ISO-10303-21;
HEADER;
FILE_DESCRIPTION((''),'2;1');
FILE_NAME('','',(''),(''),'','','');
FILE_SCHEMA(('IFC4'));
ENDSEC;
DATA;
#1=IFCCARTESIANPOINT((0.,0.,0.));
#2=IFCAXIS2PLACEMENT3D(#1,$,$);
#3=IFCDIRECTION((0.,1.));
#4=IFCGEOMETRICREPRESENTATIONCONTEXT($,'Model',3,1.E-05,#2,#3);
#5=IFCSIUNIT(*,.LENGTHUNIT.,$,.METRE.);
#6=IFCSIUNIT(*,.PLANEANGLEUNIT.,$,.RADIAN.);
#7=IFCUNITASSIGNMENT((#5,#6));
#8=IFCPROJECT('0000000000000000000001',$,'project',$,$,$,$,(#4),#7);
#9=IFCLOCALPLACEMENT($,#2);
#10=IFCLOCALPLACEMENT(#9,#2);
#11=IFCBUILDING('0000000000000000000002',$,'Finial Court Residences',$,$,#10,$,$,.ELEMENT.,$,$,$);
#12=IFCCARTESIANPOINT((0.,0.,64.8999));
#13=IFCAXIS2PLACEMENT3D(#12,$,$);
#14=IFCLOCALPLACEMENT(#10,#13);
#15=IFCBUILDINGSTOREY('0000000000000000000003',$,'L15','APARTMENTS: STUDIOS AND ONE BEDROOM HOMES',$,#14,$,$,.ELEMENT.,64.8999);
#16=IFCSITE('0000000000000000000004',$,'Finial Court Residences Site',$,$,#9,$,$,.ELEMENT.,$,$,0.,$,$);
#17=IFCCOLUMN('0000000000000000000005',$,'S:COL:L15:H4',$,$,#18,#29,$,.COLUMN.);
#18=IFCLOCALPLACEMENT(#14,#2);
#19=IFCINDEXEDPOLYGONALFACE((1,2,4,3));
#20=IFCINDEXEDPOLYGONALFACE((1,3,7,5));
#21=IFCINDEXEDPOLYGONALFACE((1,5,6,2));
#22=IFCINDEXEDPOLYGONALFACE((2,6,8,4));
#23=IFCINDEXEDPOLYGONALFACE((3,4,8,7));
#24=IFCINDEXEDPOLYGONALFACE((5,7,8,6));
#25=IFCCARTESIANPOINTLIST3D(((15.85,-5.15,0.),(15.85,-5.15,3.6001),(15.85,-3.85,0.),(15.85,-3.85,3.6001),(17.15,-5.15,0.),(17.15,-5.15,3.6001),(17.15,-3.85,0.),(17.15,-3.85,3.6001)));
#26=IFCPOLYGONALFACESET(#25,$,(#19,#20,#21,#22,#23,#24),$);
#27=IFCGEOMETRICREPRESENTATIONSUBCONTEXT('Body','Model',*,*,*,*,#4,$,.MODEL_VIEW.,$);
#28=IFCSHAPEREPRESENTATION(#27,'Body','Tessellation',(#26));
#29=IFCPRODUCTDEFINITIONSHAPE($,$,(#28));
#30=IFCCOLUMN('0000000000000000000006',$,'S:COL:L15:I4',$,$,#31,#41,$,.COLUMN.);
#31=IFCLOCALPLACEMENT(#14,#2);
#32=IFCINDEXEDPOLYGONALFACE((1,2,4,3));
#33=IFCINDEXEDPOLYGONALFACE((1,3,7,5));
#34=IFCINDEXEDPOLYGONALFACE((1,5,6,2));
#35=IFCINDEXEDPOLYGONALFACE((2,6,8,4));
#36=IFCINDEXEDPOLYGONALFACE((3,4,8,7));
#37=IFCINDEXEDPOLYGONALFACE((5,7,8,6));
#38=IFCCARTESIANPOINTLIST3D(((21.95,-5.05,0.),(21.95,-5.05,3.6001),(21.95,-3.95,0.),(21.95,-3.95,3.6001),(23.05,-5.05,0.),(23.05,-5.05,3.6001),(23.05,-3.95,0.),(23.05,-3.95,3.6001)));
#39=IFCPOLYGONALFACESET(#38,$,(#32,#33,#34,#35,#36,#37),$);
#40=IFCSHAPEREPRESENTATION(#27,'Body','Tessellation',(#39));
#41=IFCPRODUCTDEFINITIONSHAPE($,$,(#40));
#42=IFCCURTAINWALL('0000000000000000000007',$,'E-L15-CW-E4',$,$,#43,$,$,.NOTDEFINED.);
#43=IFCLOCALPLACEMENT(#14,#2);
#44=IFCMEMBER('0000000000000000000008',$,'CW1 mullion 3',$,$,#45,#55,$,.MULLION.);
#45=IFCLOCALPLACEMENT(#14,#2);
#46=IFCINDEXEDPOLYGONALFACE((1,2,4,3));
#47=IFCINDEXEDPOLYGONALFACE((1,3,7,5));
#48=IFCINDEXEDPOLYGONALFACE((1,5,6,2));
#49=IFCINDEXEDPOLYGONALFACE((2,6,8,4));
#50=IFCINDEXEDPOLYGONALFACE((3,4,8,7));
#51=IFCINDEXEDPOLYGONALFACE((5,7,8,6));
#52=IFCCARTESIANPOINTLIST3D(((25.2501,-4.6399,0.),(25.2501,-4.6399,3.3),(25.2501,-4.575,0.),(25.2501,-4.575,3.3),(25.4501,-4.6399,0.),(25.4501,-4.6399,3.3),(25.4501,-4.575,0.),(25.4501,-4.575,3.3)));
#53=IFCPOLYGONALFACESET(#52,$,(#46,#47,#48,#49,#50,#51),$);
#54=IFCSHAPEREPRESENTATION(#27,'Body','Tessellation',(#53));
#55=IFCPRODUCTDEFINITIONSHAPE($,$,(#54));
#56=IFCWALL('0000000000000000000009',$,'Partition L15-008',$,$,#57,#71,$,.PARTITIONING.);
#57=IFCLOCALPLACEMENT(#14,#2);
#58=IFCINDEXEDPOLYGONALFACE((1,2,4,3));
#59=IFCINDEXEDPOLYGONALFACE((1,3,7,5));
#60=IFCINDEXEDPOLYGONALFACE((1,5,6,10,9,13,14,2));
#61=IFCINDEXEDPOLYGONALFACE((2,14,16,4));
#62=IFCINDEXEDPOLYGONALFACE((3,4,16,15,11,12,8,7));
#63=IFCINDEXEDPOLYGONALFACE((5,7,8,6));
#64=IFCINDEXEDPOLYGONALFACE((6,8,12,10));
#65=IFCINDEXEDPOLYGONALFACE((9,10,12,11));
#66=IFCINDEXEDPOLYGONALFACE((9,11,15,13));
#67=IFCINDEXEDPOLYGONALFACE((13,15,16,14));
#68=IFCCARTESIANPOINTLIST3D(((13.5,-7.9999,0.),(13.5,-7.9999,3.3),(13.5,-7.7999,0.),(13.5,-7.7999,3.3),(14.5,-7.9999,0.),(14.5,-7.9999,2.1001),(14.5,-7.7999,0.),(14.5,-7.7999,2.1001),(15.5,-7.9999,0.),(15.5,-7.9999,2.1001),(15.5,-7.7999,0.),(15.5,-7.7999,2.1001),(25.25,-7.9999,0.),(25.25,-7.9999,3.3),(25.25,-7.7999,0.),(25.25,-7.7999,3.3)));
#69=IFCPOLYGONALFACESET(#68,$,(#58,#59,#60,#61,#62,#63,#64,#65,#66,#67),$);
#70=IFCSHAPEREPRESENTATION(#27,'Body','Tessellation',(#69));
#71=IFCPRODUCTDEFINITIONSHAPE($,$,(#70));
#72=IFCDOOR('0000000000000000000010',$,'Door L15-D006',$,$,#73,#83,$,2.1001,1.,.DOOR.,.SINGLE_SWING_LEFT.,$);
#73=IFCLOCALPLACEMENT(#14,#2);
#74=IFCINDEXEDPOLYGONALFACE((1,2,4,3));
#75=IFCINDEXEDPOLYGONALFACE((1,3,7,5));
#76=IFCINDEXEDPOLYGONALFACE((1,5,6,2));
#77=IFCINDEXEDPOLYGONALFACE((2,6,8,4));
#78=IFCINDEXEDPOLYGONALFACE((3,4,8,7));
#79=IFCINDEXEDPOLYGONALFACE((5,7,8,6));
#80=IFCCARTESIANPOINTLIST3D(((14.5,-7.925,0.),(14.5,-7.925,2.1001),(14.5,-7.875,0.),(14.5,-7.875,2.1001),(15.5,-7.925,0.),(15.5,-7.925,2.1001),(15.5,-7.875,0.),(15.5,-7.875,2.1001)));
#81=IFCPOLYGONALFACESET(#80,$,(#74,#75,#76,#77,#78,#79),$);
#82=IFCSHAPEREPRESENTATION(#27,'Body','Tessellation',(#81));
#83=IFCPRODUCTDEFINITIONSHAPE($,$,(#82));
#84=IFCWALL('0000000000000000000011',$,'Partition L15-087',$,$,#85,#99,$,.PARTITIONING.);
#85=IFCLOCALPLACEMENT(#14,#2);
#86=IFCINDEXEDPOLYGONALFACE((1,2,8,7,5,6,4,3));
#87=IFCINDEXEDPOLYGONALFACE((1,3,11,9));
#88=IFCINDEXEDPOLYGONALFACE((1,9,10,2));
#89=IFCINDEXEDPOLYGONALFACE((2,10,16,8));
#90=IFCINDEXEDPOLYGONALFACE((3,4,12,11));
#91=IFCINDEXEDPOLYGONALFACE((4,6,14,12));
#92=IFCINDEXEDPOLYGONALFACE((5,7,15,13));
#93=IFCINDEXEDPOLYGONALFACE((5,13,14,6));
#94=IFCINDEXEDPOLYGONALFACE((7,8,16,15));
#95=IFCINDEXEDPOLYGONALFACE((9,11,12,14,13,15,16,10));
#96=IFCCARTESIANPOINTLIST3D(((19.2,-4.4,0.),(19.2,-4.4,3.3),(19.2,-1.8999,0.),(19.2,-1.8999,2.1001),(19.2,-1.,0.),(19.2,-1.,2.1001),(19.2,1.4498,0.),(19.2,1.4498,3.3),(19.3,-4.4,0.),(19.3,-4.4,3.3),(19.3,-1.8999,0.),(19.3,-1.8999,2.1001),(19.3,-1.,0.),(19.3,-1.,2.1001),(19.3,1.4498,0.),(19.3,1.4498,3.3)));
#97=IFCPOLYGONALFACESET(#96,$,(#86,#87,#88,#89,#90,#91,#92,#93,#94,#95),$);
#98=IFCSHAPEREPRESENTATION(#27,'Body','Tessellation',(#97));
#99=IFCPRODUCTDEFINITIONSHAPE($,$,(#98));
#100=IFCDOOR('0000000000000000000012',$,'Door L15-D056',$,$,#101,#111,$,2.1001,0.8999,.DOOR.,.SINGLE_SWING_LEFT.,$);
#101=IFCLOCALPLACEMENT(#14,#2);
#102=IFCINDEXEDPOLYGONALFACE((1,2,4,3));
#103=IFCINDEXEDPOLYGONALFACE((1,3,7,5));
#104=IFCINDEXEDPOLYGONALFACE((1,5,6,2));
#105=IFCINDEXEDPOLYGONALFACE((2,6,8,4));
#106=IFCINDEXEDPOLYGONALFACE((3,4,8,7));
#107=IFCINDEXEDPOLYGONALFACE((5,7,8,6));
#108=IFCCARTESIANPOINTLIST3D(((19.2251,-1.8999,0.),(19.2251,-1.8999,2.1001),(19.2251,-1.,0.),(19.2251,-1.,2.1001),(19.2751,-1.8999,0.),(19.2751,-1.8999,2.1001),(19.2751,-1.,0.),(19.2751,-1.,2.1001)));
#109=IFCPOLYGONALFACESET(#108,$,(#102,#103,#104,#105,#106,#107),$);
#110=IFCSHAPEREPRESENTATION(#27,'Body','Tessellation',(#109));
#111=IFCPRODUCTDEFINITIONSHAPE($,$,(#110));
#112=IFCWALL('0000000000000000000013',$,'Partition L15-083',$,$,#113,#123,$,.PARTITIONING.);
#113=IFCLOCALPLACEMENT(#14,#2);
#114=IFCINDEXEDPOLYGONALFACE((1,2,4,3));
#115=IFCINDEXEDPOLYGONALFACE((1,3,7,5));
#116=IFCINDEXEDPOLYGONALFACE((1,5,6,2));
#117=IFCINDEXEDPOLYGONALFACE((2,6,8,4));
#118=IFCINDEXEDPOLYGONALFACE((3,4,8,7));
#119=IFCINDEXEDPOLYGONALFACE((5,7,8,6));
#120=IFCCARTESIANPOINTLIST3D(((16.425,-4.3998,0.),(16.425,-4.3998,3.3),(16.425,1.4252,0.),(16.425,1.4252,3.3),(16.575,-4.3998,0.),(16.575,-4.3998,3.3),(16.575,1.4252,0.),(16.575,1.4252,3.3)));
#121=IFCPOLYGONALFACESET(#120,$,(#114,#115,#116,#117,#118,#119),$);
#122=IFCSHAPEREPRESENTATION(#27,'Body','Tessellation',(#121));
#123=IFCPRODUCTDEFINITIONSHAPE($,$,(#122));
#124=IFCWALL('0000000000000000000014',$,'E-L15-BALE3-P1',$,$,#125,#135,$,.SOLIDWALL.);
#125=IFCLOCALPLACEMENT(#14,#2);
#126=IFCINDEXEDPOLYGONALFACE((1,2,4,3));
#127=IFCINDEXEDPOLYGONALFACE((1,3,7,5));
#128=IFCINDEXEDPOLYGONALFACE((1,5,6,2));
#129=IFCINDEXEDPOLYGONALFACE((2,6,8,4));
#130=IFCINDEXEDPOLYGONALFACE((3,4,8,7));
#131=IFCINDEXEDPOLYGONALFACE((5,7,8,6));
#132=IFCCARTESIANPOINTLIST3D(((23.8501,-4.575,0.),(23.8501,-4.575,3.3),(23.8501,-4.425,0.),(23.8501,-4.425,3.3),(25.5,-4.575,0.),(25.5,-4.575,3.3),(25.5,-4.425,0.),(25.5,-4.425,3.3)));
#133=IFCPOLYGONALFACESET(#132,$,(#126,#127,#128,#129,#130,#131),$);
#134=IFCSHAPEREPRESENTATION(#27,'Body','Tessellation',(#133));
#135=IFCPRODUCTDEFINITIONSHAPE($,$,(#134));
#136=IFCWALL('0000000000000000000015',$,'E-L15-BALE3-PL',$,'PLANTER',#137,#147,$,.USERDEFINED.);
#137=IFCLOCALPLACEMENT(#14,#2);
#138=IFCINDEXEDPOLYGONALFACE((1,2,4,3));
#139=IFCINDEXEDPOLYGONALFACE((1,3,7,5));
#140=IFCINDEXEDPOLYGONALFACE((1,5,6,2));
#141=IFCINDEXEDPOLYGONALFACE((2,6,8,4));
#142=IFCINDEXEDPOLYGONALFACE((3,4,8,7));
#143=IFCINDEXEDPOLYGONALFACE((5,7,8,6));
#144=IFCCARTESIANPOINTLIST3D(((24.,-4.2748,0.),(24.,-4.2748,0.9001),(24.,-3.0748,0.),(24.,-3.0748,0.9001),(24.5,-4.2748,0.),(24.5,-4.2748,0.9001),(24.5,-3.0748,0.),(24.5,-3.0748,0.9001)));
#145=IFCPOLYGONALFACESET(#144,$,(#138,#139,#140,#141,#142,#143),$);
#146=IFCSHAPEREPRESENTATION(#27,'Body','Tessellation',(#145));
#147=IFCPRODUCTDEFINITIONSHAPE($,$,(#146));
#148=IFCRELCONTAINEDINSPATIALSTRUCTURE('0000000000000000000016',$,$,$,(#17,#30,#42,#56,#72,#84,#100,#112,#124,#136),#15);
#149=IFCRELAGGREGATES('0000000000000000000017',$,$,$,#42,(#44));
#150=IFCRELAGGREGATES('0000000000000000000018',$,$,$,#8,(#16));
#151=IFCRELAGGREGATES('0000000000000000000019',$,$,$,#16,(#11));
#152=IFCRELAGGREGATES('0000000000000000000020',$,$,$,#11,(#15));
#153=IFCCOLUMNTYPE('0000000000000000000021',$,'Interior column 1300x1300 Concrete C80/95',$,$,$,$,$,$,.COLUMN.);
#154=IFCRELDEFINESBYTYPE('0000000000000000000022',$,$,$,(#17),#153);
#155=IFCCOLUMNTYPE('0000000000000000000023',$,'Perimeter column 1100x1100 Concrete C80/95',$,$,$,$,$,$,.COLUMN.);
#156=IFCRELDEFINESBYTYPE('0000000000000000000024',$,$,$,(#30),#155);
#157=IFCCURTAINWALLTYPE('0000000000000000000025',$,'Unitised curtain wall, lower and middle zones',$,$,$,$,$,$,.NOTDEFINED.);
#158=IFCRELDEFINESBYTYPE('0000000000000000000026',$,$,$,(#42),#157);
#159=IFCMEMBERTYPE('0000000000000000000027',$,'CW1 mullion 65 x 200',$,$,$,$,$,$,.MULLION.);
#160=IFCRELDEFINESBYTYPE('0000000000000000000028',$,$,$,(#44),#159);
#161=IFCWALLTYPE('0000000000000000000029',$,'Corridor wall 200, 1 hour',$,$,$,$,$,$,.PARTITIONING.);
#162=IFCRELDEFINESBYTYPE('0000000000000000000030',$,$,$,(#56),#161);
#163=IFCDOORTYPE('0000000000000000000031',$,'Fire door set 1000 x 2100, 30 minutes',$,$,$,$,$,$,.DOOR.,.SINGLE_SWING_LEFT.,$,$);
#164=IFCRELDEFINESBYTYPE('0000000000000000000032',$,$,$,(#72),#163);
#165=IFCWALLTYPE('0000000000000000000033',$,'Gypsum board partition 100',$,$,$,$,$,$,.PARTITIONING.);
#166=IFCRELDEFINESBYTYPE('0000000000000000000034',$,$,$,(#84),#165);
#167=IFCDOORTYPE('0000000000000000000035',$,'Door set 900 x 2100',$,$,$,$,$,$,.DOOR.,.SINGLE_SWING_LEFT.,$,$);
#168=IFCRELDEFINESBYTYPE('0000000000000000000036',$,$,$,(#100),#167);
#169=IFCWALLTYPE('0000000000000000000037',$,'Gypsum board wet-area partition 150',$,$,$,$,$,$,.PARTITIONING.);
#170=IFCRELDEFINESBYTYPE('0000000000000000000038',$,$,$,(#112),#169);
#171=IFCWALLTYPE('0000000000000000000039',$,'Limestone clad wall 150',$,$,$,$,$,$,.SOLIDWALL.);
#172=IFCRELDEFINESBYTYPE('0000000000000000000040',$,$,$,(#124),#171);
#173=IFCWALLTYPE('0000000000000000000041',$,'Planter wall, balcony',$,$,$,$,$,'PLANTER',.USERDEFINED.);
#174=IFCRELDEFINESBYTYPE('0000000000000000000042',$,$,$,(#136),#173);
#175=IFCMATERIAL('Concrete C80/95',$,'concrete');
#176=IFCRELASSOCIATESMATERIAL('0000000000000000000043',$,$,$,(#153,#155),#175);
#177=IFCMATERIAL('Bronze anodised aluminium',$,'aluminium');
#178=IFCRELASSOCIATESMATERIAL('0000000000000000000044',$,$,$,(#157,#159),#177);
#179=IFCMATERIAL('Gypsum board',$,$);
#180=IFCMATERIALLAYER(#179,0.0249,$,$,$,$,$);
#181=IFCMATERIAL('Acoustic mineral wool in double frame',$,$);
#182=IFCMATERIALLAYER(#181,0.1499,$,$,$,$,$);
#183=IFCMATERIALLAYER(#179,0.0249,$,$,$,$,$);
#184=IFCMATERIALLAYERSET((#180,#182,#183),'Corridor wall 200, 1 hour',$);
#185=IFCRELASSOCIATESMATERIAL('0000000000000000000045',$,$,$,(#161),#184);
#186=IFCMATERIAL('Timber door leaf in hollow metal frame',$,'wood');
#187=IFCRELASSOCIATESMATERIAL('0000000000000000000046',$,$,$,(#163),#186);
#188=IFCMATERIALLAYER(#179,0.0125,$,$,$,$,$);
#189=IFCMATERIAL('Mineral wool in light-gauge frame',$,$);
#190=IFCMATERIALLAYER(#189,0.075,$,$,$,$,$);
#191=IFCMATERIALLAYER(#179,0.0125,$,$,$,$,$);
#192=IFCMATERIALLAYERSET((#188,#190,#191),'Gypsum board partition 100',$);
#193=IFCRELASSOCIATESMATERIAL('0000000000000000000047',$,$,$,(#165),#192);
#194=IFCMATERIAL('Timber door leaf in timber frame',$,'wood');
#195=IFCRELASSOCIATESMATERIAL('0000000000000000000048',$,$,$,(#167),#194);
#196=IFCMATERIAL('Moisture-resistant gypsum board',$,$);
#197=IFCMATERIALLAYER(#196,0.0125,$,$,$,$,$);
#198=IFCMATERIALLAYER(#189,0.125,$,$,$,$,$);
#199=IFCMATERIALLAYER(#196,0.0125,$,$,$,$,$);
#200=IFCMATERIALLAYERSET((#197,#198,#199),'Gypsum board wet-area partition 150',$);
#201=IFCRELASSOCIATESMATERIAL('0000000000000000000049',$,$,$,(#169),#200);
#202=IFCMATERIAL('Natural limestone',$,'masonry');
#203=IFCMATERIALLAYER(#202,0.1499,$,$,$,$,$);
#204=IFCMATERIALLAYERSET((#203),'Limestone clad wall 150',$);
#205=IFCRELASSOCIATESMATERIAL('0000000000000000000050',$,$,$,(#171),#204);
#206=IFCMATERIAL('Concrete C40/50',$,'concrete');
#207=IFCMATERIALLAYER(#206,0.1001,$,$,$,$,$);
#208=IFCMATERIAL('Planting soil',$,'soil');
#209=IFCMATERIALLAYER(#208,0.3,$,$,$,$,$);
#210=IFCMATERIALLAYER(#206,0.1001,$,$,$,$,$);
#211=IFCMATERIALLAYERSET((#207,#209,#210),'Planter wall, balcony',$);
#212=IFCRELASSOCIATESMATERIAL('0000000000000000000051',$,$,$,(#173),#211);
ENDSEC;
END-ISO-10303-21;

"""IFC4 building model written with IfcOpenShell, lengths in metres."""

from ifc_helpers import new_model, si_unit, direction, frame, frame_2d, origin, origin_2d, place, context, subcontext, project, spatial, rectangle, extrude, material, layer, layer_set, material_profile, profile_set, type_object, element, fill, aggregate, save


model = new_model("IFC4")

# Units and contexts
model_context = context("Model", 3, precision=1e-05, world=origin(), true_north=direction((0.0, 1.0)))
body_context = subcontext(model_context, "Body", "Model", "MODEL_VIEW")
ifc_project = project(units=[si_unit("LENGTHUNIT", "METRE"), si_unit("PLANEANGLEUNIT", "RADIAN")], contexts=[model_context])

# Site, building, storey
site_placement = place(None, origin())
site = spatial("IfcSite", under=ifc_project, at=site_placement, Name="Finial Court Residences Site", CompositionType="ELEMENT", RefElevation=0.0)
building_placement = place(site_placement, origin())
building = spatial("IfcBuilding", under=site, at=building_placement, Name="Finial Court Residences", CompositionType="ELEMENT")
storey_placement = place(building_placement, frame((0.0, 0.0, 64.8999)))
storey = spatial("IfcBuildingStorey", under=building, at=storey_placement, Name="L15", Description="APARTMENTS: STUDIOS AND ONE BEDROOM HOMES", CompositionType="ELEMENT", Elevation=64.8999)

# Columns
ifc_material_1 = material(Name="Concrete C80/95", Category="concrete")
ifc_material_profile_1 = material_profile(ifc_material_1, rectangle(XDim=1.3, YDim=1.3, at=origin_2d()), Name="1300x1300")
ifc_profile_set_1 = profile_set([ifc_material_profile_1], Name="Concrete C80/95")
column_type_1 = type_object("IfcColumnType", Name="Interior column 1300x1300 Concrete C80/95", PredefinedType="COLUMN", material=ifc_profile_set_1)
column_1_placement = place(storey_placement, frame((16.5, -4.5, 0.0), z_axis=(0.0, 0.0, 1.0), x_axis=(1.0, 0.0, 0.0)))
element("IfcColumn", 1, at=column_1_placement, inside=storey, type_object=column_type_1, Name="S:COL:L15:H4", PredefinedType="COLUMN", context=body_context, shape_type="SweptSolid", body=[
    extrude(rectangle(XDim=1.3, YDim=1.3, at=origin_2d()), origin(), (0.0, 0.0, 1.0), 3.6001),
])
ifc_material_profile_2 = material_profile(ifc_material_1, rectangle(XDim=1.1001, YDim=1.1001, at=origin_2d()), Name="1100x1100")
ifc_profile_set_2 = profile_set([ifc_material_profile_2], Name="Concrete C80/95")
column_type_2 = type_object("IfcColumnType", Name="Perimeter column 1100x1100 Concrete C80/95", PredefinedType="COLUMN", material=ifc_profile_set_2)
column_2_placement = place(storey_placement, frame((22.5, -4.5, 0.0), z_axis=(0.0, 0.0, 1.0), x_axis=(1.0, 0.0, 0.0)))
element("IfcColumn", 2, at=column_2_placement, inside=storey, type_object=column_type_2, Name="S:COL:L15:I4", PredefinedType="COLUMN", context=body_context, shape_type="SweptSolid", body=[
    extrude(rectangle(XDim=1.1001, YDim=1.1001, at=origin_2d()), origin(), (0.0, 0.0, 1.0), 3.6001),
])

# Curtain wall, member
ifc_material_2 = material(Name="Bronze anodised aluminium", Category="aluminium")
curtain_wall_type = type_object("IfcCurtainWallType", Name="Unitised curtain wall, lower and middle zones", PredefinedType="NOTDEFINED", material=ifc_material_2)
curtain_wall_placement = place(storey_placement, origin())
curtain_wall = element("IfcCurtainWall", 3, at=curtain_wall_placement, inside=storey, type_object=curtain_wall_type, Name="E-L15-CW-E4", PredefinedType="NOTDEFINED")
ifc_material_profile_3 = material_profile(ifc_material_2, rectangle(XDim=0.2, YDim=0.0649, at=origin_2d()), Name="CW1 mullion 65 x 200")
ifc_profile_set_3 = profile_set([ifc_material_profile_3], Name="Bronze anodised aluminium")
member_type = type_object("IfcMemberType", Name="CW1 mullion 65 x 200", PredefinedType="MULLION", material=ifc_profile_set_3)
member_placement = place(storey_placement, frame((25.3501, -4.6074, 0.0), z_axis=(0.0, 0.0, 1.0), x_axis=(-1.0, 0.0, 0.0)))
member = element("IfcMember", 4, at=member_placement, type_object=member_type, Name="CW1 mullion 3", PredefinedType="MULLION", context=body_context, shape_type="SweptSolid", body=[
    extrude(rectangle(XDim=0.2, YDim=0.0649, at=origin_2d()), origin(), (0.0, 0.0, 1.0), 3.3),
])
aggregate(curtain_wall, [member])

# Walls, openings, doors
ifc_material_3 = material(Name="Gypsum board")
ifc_layer_1 = layer(ifc_material_3, 0.0249)
ifc_material_4 = material(Name="Acoustic mineral wool in double frame")
ifc_layer_2 = layer(ifc_material_4, 0.1499)
ifc_layer_3 = layer(ifc_material_3, 0.0249)
ifc_layer_set_1 = layer_set([ifc_layer_1, ifc_layer_2, ifc_layer_3], Name="Corridor wall 200, 1 hour")
wall_type_1 = type_object("IfcWallType", Name="Corridor wall 200, 1 hour", PredefinedType="PARTITIONING", material=ifc_layer_set_1)
wall_1_placement = place(storey_placement, frame((13.5, -7.8999, 0.0), z_axis=(0.0, 0.0, 1.0), x_axis=(1.0, 0.0, 0.0)))
wall_1 = element("IfcWall", 5, at=wall_1_placement, inside=storey, type_object=wall_type_1, Name="Partition L15-008", PredefinedType="PARTITIONING", context=body_context, shape_type="SweptSolid", body=[
    extrude(rectangle(XDim=11.75, YDim=0.2, at=frame_2d((5.875, 0.0))), origin(), (0.0, 0.0, 1.0), 3.3),
])
opening_1_placement = place(wall_1_placement, frame((1.0, 0.0, 0.0)))
opening_1 = element("IfcOpeningElement", 6, at=opening_1_placement, cuts=wall_1, PredefinedType="OPENING", context=body_context, shape_type="SweptSolid", body=[
    extrude(rectangle(XDim=1.0, YDim=2.1001, at=frame_2d((0.5, 1.05))), frame((0.0, 0.1099, 0.0), z_axis=(0.0, -1.0, 0.0), x_axis=(1.0, 0.0, 0.0)), (0.0, 0.0, 1.0), 0.22),
])
ifc_material_5 = material(Name="Timber door leaf in hollow metal frame", Category="wood")
door_type_1 = type_object("IfcDoorType", Name="Fire door set 1000 x 2100, 30 minutes", OperationType="SINGLE_SWING_LEFT", PredefinedType="DOOR", material=ifc_material_5)
door_1_placement = place(opening_1_placement, origin())
door_1 = element("IfcDoor", 7, at=door_1_placement, inside=storey, type_object=door_type_1, Name="Door L15-D006", OperationType="SINGLE_SWING_LEFT", OverallHeight=2.1001, OverallWidth=1.0, PredefinedType="DOOR", context=body_context, shape_type="SweptSolid", body=[
    extrude(rectangle(XDim=1.0, YDim=2.1001, at=frame_2d((0.5, 1.05))), frame((0.0, 0.0249, 0.0), z_axis=(0.0, -1.0, 0.0), x_axis=(1.0, 0.0, 0.0)), (0.0, 0.0, 1.0), 0.05),
])
fill(opening_1, door_1)
ifc_layer_4 = layer(ifc_material_3, 0.0125)
ifc_material_6 = material(Name="Mineral wool in light-gauge frame")
ifc_layer_5 = layer(ifc_material_6, 0.075)
ifc_layer_6 = layer(ifc_material_3, 0.0125)
ifc_layer_set_2 = layer_set([ifc_layer_4, ifc_layer_5, ifc_layer_6], Name="Gypsum board partition 100")
wall_type_2 = type_object("IfcWallType", Name="Gypsum board partition 100", PredefinedType="PARTITIONING", material=ifc_layer_set_2)
wall_2_placement = place(storey_placement, frame((19.25, -4.3999, 0.0), z_axis=(0.0, 0.0, 1.0), x_axis=(0.0, 1.0, 0.0)))
wall_2 = element("IfcWall", 8, at=wall_2_placement, inside=storey, type_object=wall_type_2, Name="Partition L15-087", PredefinedType="PARTITIONING", context=body_context, shape_type="SweptSolid", body=[
    extrude(rectangle(XDim=5.8499, YDim=0.1001, at=frame_2d((2.9248, 0.0))), origin(), (0.0, 0.0, 1.0), 3.3),
])
opening_2_placement = place(wall_2_placement, frame((2.5, 0.0, 0.0)))
opening_2 = element("IfcOpeningElement", 9, at=opening_2_placement, cuts=wall_2, PredefinedType="OPENING", context=body_context, shape_type="SweptSolid", body=[
    extrude(rectangle(XDim=0.8999, YDim=2.1001, at=frame_2d((0.45, 1.05))), frame((0.0, 0.0601, 0.0), z_axis=(0.0, -1.0, 0.0), x_axis=(1.0, 0.0, 0.0)), (0.0, 0.0, 1.0), 0.1201),
])
ifc_material_7 = material(Name="Timber door leaf in timber frame", Category="wood")
door_type_2 = type_object("IfcDoorType", Name="Door set 900 x 2100", OperationType="SINGLE_SWING_LEFT", PredefinedType="DOOR", material=ifc_material_7)
door_2_placement = place(opening_2_placement, origin())
door_2 = element("IfcDoor", 10, at=door_2_placement, inside=storey, type_object=door_type_2, Name="Door L15-D056", OperationType="SINGLE_SWING_LEFT", OverallHeight=2.1001, OverallWidth=0.8999, PredefinedType="DOOR", context=body_context, shape_type="SweptSolid", body=[
    extrude(rectangle(XDim=0.8999, YDim=2.1001, at=frame_2d((0.45, 1.05))), frame((0.0, 0.0249, 0.0), z_axis=(0.0, -1.0, 0.0), x_axis=(1.0, 0.0, 0.0)), (0.0, 0.0, 1.0), 0.05),
])
fill(opening_2, door_2)

# Walls
ifc_material_8 = material(Name="Moisture-resistant gypsum board")
ifc_layer_7 = layer(ifc_material_8, 0.0125)
ifc_layer_8 = layer(ifc_material_6, 0.125)
ifc_layer_9 = layer(ifc_material_8, 0.0125)
ifc_layer_set_3 = layer_set([ifc_layer_7, ifc_layer_8, ifc_layer_9], Name="Gypsum board wet-area partition 150")
wall_type_3 = type_object("IfcWallType", Name="Gypsum board wet-area partition 150", PredefinedType="PARTITIONING", material=ifc_layer_set_3)
wall_3_placement = place(storey_placement, frame((16.5, -4.3999, 0.0), z_axis=(0.0, 0.0, 1.0), x_axis=(0.0, 1.0, 0.0)))
element("IfcWall", 11, at=wall_3_placement, inside=storey, type_object=wall_type_3, Name="Partition L15-083", PredefinedType="PARTITIONING", context=body_context, shape_type="SweptSolid", body=[
    extrude(rectangle(XDim=5.825, YDim=0.1499, at=frame_2d((2.9126, 0.0))), origin(), (0.0, 0.0, 1.0), 3.3),
])
ifc_material_9 = material(Name="Natural limestone", Category="masonry")
ifc_layer_10 = layer(ifc_material_9, 0.1499)
ifc_layer_set_4 = layer_set([ifc_layer_10], Name="Limestone clad wall 150")
wall_type_4 = type_object("IfcWallType", Name="Limestone clad wall 150", PredefinedType="SOLIDWALL", material=ifc_layer_set_4)
wall_4_placement = place(storey_placement, frame((23.8501, -4.5, 0.0), z_axis=(0.0, 0.0, 1.0), x_axis=(1.0, 0.0, 0.0)))
element("IfcWall", 12, at=wall_4_placement, inside=storey, type_object=wall_type_4, Name="E-L15-BALE3-P1", PredefinedType="SOLIDWALL", context=body_context, shape_type="SweptSolid", body=[
    extrude(rectangle(XDim=1.6499, YDim=0.1499, at=frame_2d((0.825, 0.0))), origin(), (0.0, 0.0, 1.0), 3.3),
])

# Wall
ifc_material_10 = material(Name="Concrete C40/50", Category="concrete")
ifc_layer_11 = layer(ifc_material_10, 0.1001)
ifc_material_11 = material(Name="Planting soil", Category="soil")
ifc_layer_12 = layer(ifc_material_11, 0.3)
ifc_layer_13 = layer(ifc_material_10, 0.1001)
ifc_layer_set_5 = layer_set([ifc_layer_11, ifc_layer_12, ifc_layer_13], Name="Planter wall, balcony")
wall_type_5 = type_object("IfcWallType", Name="Planter wall, balcony", ElementType="PLANTER", PredefinedType="USERDEFINED", material=ifc_layer_set_5)
wall_5_placement = place(storey_placement, frame((24.25, -4.2749, 0.0), z_axis=(0.0, 0.0, 1.0), x_axis=(0.0, 1.0, 0.0)))
element("IfcWall", 13, at=wall_5_placement, inside=storey, type_object=wall_type_5, Name="E-L15-BALE3-PL", ObjectType="PLANTER", PredefinedType="USERDEFINED", context=body_context, shape_type="SweptSolid", body=[
    extrude(rectangle(XDim=1.2, YDim=0.5, at=frame_2d((0.6001, 0.0))), origin(), (0.0, 0.0, 1.0), 0.9001),
])

save(model, "model.ifc")
